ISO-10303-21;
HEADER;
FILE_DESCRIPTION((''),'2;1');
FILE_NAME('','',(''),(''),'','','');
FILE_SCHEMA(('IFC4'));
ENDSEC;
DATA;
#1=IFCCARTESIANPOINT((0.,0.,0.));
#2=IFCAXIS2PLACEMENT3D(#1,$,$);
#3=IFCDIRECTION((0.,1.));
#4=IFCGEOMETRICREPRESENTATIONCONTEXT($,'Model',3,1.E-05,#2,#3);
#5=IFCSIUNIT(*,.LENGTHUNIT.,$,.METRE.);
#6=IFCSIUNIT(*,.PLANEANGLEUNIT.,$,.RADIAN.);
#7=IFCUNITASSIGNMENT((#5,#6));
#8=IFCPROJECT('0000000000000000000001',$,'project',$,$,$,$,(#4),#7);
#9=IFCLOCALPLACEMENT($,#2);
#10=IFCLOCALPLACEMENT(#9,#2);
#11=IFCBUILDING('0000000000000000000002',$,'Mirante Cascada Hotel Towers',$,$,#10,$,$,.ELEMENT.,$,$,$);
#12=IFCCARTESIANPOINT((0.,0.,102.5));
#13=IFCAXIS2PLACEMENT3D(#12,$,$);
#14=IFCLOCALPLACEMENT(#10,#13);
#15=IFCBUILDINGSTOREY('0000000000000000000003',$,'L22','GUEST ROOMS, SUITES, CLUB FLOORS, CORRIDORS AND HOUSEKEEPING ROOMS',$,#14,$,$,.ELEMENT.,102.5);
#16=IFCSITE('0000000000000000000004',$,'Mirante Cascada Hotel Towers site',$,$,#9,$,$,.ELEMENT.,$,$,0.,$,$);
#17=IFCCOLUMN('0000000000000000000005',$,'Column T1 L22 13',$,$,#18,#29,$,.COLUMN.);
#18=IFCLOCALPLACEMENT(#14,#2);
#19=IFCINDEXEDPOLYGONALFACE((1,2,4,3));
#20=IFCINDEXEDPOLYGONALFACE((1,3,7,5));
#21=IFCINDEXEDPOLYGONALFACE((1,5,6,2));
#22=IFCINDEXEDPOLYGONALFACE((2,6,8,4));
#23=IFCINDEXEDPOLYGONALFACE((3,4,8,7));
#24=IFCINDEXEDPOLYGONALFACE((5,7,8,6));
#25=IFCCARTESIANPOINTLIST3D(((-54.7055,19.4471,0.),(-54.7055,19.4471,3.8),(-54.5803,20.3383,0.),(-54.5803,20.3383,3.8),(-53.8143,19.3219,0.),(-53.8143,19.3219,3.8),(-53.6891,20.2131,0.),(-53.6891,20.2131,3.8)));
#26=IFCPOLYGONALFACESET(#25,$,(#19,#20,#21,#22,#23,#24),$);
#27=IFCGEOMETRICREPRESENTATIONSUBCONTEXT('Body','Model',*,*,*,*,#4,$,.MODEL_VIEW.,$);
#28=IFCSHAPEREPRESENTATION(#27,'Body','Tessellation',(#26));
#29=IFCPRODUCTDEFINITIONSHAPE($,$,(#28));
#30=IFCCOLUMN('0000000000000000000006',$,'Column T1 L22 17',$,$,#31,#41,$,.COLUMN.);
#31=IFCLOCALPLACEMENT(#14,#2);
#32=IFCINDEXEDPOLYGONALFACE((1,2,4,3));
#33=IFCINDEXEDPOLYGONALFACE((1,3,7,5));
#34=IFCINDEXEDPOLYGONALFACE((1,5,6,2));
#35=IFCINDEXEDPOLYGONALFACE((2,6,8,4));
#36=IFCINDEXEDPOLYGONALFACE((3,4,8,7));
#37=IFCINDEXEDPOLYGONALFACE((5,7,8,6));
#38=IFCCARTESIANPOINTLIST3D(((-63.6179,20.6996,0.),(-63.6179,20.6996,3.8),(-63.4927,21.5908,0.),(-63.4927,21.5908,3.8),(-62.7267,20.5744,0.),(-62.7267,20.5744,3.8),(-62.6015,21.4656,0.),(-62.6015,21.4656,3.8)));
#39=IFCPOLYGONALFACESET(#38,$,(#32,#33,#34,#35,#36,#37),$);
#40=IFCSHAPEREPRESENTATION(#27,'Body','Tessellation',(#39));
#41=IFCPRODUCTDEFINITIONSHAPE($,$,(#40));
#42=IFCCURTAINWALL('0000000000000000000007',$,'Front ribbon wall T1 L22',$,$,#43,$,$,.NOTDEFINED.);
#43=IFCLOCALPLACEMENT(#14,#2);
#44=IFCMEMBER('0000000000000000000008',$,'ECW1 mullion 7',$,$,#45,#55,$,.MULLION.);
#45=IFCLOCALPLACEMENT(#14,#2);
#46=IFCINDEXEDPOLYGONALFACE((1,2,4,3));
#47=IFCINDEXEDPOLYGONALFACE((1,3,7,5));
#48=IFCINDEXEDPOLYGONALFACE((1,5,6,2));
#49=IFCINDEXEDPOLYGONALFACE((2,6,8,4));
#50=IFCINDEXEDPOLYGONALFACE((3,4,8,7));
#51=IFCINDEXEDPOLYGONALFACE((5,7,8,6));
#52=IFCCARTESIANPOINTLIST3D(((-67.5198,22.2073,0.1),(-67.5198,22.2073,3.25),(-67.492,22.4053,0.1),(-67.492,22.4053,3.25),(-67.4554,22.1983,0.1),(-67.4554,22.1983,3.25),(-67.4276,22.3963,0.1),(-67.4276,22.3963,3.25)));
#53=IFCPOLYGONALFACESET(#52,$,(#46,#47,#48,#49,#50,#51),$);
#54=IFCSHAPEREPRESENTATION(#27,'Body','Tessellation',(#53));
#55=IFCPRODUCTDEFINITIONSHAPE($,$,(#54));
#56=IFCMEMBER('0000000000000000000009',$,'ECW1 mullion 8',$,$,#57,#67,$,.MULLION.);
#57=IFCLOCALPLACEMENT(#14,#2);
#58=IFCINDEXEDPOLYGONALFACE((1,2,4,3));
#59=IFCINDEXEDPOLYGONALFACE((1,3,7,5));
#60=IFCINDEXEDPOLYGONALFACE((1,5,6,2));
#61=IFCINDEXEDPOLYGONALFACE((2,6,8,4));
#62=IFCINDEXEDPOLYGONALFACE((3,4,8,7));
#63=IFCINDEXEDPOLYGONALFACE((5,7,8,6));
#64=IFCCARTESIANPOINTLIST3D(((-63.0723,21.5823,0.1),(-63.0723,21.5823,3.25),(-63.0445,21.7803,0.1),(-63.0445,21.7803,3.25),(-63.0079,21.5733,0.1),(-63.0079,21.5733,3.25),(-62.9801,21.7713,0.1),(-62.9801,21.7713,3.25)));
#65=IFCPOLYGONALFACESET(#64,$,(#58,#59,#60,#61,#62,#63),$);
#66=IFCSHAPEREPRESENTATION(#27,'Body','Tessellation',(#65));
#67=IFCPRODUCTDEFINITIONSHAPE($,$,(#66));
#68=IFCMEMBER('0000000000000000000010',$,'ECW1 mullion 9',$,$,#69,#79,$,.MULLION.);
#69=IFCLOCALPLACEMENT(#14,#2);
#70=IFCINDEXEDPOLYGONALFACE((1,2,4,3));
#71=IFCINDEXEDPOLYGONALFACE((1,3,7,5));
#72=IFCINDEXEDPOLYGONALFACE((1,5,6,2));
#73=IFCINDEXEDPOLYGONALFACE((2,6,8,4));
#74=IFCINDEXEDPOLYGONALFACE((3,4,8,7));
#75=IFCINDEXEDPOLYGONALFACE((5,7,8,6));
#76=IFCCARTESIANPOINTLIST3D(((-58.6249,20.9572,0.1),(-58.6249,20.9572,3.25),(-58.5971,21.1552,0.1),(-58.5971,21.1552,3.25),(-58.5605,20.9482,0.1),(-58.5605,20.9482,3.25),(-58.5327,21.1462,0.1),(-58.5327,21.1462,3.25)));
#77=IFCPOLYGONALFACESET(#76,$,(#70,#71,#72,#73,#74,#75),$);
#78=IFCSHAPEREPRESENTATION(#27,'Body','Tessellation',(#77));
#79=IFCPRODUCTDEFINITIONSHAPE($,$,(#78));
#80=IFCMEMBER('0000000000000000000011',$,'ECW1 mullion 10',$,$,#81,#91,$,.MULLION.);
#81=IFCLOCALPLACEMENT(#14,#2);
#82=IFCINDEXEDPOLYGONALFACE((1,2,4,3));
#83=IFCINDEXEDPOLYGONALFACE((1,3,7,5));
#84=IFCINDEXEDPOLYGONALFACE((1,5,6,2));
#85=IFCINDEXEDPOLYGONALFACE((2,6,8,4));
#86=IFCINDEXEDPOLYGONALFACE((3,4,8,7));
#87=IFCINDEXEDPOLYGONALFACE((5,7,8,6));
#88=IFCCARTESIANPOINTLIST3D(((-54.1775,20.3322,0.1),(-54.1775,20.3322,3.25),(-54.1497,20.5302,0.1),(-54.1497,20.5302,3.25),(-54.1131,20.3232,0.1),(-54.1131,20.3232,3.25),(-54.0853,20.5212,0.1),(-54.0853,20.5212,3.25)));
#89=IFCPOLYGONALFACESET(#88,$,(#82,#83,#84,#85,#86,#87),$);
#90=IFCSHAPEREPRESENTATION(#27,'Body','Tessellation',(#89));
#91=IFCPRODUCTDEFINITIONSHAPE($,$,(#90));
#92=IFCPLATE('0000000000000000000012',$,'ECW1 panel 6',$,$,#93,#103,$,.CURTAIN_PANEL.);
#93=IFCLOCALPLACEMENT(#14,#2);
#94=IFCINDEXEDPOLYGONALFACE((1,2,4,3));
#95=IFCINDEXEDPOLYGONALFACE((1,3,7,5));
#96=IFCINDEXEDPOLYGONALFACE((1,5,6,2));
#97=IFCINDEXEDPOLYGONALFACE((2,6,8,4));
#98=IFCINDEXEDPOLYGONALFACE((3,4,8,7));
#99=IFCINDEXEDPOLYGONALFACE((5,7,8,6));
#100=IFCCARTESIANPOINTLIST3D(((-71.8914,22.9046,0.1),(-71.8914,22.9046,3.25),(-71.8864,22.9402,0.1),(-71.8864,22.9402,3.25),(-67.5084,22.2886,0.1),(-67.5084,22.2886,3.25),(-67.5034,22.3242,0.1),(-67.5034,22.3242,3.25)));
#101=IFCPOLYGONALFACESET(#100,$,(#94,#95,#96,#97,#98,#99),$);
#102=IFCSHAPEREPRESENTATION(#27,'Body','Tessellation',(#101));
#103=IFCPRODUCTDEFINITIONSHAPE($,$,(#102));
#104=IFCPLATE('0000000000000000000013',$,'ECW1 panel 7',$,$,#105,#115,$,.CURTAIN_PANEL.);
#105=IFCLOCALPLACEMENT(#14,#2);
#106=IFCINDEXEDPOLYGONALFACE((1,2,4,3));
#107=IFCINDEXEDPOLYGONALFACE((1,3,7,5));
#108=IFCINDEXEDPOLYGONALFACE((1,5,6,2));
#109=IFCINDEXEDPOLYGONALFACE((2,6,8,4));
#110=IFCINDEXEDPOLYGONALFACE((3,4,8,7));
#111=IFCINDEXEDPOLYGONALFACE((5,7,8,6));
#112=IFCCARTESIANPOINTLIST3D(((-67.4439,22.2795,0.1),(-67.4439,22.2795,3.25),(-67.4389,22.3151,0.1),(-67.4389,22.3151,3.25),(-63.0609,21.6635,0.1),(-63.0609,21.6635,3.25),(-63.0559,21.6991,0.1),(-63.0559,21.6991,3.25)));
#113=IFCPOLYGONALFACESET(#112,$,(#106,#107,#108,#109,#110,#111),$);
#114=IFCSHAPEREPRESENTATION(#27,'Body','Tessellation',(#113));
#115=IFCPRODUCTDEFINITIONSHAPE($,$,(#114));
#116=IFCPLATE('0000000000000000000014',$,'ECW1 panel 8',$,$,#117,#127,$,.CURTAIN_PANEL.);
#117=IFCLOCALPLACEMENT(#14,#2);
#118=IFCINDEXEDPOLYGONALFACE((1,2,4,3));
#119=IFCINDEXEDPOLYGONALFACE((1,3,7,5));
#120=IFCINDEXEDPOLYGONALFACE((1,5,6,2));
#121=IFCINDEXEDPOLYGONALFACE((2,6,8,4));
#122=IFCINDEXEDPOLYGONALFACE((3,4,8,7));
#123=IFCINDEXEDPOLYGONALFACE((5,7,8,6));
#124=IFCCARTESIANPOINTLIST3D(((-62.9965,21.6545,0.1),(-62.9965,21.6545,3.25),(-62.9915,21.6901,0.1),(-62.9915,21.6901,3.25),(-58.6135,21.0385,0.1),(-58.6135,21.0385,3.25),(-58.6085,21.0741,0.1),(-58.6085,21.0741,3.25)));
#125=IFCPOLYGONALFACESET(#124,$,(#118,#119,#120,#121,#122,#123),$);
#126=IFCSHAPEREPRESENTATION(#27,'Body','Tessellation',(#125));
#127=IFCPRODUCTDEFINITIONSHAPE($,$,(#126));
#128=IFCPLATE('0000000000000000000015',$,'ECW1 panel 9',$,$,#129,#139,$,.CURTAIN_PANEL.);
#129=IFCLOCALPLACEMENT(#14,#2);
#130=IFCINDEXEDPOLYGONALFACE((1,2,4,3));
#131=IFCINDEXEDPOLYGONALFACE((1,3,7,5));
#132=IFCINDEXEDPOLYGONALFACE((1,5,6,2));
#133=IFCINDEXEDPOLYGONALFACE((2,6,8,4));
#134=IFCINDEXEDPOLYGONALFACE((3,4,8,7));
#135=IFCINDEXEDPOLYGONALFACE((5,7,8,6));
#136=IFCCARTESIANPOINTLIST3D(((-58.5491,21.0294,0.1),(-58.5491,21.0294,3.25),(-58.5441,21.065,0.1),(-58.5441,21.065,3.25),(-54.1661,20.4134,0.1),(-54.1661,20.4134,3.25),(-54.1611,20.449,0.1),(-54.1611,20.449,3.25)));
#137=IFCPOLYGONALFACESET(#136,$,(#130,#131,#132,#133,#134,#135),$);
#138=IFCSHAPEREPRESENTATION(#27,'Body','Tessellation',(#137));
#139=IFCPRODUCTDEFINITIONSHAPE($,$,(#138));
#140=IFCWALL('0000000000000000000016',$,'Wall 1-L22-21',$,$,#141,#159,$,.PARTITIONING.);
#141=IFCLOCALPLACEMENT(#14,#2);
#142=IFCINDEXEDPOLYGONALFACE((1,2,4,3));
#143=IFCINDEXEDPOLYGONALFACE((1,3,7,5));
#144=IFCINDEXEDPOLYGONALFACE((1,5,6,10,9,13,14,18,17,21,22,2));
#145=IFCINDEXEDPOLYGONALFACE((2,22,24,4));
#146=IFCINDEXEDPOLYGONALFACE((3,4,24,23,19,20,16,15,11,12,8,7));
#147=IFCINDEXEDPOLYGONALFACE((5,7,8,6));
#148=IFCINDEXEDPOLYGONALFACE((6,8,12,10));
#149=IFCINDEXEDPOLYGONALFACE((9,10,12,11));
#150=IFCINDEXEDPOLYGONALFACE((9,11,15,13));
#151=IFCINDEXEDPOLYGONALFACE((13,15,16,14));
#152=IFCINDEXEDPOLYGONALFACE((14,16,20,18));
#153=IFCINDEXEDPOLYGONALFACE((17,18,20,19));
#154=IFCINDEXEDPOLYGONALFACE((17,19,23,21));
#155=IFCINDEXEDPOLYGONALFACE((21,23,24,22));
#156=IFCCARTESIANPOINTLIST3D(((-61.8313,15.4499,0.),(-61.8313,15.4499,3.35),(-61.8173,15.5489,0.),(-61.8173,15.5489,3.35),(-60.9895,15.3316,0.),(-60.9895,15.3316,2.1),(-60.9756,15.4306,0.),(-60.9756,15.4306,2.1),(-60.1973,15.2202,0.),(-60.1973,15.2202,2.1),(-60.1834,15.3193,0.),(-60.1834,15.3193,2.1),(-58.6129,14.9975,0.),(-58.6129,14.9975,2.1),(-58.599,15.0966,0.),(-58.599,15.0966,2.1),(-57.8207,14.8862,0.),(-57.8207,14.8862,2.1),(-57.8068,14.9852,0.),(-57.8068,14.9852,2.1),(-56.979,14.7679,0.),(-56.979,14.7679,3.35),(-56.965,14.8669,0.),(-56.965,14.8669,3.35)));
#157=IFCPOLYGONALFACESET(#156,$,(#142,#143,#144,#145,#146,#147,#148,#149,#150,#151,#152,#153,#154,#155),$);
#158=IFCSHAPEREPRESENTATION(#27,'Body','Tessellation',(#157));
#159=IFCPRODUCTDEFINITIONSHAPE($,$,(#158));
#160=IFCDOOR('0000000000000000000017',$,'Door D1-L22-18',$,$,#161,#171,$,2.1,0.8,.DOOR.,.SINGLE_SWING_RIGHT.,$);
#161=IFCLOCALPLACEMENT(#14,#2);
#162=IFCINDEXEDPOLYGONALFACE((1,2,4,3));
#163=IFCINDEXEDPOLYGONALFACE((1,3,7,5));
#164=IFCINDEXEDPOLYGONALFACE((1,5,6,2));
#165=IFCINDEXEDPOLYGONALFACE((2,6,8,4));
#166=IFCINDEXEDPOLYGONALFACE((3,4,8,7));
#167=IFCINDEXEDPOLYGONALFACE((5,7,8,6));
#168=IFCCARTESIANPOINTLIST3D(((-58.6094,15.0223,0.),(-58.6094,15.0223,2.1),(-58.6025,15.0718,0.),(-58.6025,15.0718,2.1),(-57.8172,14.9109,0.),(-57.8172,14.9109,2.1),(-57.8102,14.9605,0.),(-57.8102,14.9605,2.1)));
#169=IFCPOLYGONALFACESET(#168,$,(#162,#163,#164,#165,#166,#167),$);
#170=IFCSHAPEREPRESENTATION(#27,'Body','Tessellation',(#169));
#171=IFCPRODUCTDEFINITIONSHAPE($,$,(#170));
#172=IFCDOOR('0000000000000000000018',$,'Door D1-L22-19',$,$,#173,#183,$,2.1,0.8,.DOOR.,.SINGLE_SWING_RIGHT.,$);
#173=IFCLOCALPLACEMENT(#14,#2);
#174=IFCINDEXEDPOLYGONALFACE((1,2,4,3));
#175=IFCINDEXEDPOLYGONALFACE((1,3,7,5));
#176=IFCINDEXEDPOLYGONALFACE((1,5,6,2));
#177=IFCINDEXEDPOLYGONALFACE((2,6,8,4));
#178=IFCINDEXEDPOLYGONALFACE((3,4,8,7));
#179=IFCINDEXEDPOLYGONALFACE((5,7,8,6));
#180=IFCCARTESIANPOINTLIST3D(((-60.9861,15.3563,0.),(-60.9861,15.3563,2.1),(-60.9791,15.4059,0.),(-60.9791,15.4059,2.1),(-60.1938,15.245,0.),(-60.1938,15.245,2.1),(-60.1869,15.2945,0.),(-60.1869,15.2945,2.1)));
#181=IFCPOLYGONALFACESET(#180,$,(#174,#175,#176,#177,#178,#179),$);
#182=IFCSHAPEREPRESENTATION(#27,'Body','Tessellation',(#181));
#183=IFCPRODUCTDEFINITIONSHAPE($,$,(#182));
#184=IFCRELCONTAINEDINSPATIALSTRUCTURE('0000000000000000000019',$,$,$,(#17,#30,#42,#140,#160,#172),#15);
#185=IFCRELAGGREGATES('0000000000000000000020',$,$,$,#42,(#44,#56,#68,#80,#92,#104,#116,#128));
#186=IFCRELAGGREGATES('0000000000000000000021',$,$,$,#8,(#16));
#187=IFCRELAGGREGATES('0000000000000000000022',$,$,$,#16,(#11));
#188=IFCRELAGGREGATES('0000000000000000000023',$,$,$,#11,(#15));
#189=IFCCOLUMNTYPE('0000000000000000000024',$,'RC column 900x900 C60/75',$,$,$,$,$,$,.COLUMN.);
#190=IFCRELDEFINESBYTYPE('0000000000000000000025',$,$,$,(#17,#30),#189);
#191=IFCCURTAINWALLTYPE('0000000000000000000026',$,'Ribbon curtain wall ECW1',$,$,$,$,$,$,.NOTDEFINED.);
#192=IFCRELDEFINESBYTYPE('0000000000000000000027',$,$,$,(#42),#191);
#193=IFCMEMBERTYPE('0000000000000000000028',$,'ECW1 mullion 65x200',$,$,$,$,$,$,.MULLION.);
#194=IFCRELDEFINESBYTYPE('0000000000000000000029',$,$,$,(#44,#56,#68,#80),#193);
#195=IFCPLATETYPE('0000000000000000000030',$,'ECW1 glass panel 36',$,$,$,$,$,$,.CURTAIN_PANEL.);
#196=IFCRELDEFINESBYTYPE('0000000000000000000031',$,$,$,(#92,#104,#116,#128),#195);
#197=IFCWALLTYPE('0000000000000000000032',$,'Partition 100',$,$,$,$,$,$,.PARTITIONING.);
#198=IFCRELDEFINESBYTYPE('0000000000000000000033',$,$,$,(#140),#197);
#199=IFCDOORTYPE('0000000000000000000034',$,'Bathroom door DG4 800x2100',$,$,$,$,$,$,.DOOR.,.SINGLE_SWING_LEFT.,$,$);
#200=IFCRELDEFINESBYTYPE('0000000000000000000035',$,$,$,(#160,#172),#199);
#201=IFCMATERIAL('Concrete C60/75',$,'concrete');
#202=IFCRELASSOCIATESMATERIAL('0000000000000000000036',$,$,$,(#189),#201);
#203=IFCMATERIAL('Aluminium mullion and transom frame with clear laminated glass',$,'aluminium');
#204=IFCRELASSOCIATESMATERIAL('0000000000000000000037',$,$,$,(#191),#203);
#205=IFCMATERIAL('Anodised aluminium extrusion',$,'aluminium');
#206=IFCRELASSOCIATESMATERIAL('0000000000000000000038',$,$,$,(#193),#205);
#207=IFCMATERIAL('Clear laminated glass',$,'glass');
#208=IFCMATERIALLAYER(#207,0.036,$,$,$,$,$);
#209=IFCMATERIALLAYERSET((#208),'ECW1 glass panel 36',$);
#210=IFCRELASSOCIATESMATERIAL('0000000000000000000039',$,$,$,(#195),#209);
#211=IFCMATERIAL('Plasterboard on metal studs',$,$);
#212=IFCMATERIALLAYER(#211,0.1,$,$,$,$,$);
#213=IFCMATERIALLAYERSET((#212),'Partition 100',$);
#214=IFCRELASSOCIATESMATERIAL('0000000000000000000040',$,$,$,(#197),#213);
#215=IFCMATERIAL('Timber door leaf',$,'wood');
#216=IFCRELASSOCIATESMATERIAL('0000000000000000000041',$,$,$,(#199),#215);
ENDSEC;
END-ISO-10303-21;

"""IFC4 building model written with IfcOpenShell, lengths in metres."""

from ifc_helpers import new_model, si_unit, direction, frame, frame_2d, origin, origin_2d, place, context, subcontext, project, spatial, rectangle, extrude, material, layer, layer_set, material_profile, profile_set, type_object, element, fill, aggregate, save


model = new_model("IFC4")

# Units and contexts
model_context = context("Model", 3, precision=1e-05, world=origin(), true_north=direction((0.0, 1.0)))
body_context = subcontext(model_context, "Body", "Model", "MODEL_VIEW")
ifc_project = project(units=[si_unit("LENGTHUNIT", "METRE"), si_unit("PLANEANGLEUNIT", "RADIAN")], contexts=[model_context])

# Site, building, storey
site_placement = place(None, origin())
site = spatial("IfcSite", under=ifc_project, at=site_placement, Name="Mirante Cascada Hotel Towers site", CompositionType="ELEMENT", RefElevation=0.0)
building_placement = place(site_placement, origin())
building = spatial("IfcBuilding", under=site, at=building_placement, Name="Mirante Cascada Hotel Towers", CompositionType="ELEMENT")
storey_placement = place(building_placement, frame((0.0, 0.0, 102.5)))
storey = spatial("IfcBuildingStorey", under=building, at=storey_placement, Name="L22", Description="GUEST ROOMS, SUITES, CLUB FLOORS, CORRIDORS AND HOUSEKEEPING ROOMS", CompositionType="ELEMENT", Elevation=102.5)

# Columns
ifc_material_1 = material(Name="Concrete C60/75", Category="concrete")
ifc_material_profile_1 = material_profile(ifc_material_1, rectangle(XDim=0.9, YDim=0.9, at=origin_2d()), Name="RC column 900x900 C60/75")
ifc_profile_set_1 = profile_set([ifc_material_profile_1], Name="Concrete C60/75")
column_type = type_object("IfcColumnType", Name="RC column 900x900 C60/75", PredefinedType="COLUMN", material=ifc_profile_set_1)
for number, where, z_axis, x_axis, name in (
    (1, (-54.1973, 19.8301, 0.0), (0.0, 0.0, 1.0), (-0.990268, 0.139173, 0.0), "Column T1 L22 13"),
    (2, (-63.1097, 21.0826, 0.0), (0.0, 0.0, 1.0), (-0.990268, 0.139173, 0.0), "Column T1 L22 17"),
):
    element("IfcColumn", number, at=place(storey_placement, frame(where, z_axis=z_axis, x_axis=x_axis)), inside=storey, type_object=column_type, Name=name, PredefinedType="COLUMN", context=body_context, shape_type="SweptSolid", body=[
        extrude(rectangle(XDim=0.9, YDim=0.9, at=origin_2d()), origin(), (0.0, 0.0, 1.0), 3.8),
    ])

# Curtain wall, members, plates
ifc_material_2 = material(Name="Aluminium mullion and transom frame with clear laminated glass", Category="aluminium")
curtain_wall_type = type_object("IfcCurtainWallType", Name="Ribbon curtain wall ECW1", PredefinedType="NOTDEFINED", material=ifc_material_2)
curtain_wall_placement = place(storey_placement, origin())
curtain_wall = element("IfcCurtainWall", 3, at=curtain_wall_placement, inside=storey, type_object=curtain_wall_type, Name="Front ribbon wall T1 L22", PredefinedType="NOTDEFINED")
ifc_material_3 = material(Name="Anodised aluminium extrusion", Category="aluminium")
ifc_material_profile_2 = material_profile(ifc_material_3, rectangle(XDim=0.2, YDim=0.065, at=origin_2d()), Name="ECW1 MULLION 65x200")
ifc_profile_set_2 = profile_set([ifc_material_profile_2], Name="Anodised aluminium extrusion")
member_type = type_object("IfcMemberType", Name="ECW1 mullion 65x200", PredefinedType="MULLION", material=ifc_profile_set_2)
member_1_placement = place(storey_placement, frame((-67.4737, 22.3018, 0.1), z_axis=(0.0, 0.0, 1.0), x_axis=(0.139173, 0.990268, 0.0)))
member_1 = element("IfcMember", 4, at=member_1_placement, type_object=member_type, Name="ECW1 mullion 7", PredefinedType="MULLION", context=body_context, shape_type="SweptSolid", body=[
    extrude(rectangle(XDim=0.2, YDim=0.065, at=origin_2d()), origin(), (0.0, 0.0, 1.0), 3.15),
])
member_2_placement = place(storey_placement, frame((-63.0262, 21.6768, 0.1), z_axis=(0.0, 0.0, 1.0), x_axis=(0.139173, 0.990268, 0.0)))
member_2 = element("IfcMember", 5, at=member_2_placement, type_object=member_type, Name="ECW1 mullion 8", PredefinedType="MULLION", context=body_context, shape_type="SweptSolid", body=[
    extrude(rectangle(XDim=0.2, YDim=0.065, at=origin_2d()), origin(), (0.0, 0.0, 1.0), 3.15),
])
member_3_placement = place(storey_placement, frame((-58.5788, 21.0517, 0.1), z_axis=(0.0, 0.0, 1.0), x_axis=(0.139173, 0.990268, 0.0)))
member_3 = element("IfcMember", 6, at=member_3_placement, type_object=member_type, Name="ECW1 mullion 9", PredefinedType="MULLION", context=body_context, shape_type="SweptSolid", body=[
    extrude(rectangle(XDim=0.2, YDim=0.065, at=origin_2d()), origin(), (0.0, 0.0, 1.0), 3.15),
])
member_4_placement = place(storey_placement, frame((-54.1314, 20.4267, 0.1), z_axis=(0.0, 0.0, 1.0), x_axis=(0.139173, 0.990268, 0.0)))
member_4 = element("IfcMember", 7, at=member_4_placement, type_object=member_type, Name="ECW1 mullion 10", PredefinedType="MULLION", context=body_context, shape_type="SweptSolid", body=[
    extrude(rectangle(XDim=0.2, YDim=0.065, at=origin_2d()), origin(), (0.0, 0.0, 1.0), 3.15),
])
ifc_material_4 = material(Name="Clear laminated glass", Category="glass")
ifc_layer_1 = layer(ifc_material_4, 0.036)
ifc_layer_set_1 = layer_set([ifc_layer_1], Name="ECW1 glass panel 36")
plate_type = type_object("IfcPlateType", Name="ECW1 glass panel 36", PredefinedType="CURTAIN_PANEL", material=ifc_layer_set_1)
plate_1_placement = place(storey_placement, frame((-69.6974, 22.6144, 0.1), z_axis=(0.0, 0.0, 1.0), x_axis=(0.990268, -0.139173, 0.0)))
plate_1 = element("IfcPlate", 8, at=plate_1_placement, type_object=plate_type, Name="ECW1 panel 6", PredefinedType="CURTAIN_PANEL", context=body_context, shape_type="SweptSolid", body=[
    extrude(rectangle(XDim=4.4261, YDim=0.036, at=origin_2d()), origin(), (0.0, 0.0, 1.0), 3.15),
])
plate_2_placement = place(storey_placement, frame((-65.2499, 21.9893, 0.1), z_axis=(0.0, 0.0, 1.0), x_axis=(0.990268, -0.139173, 0.0)))
plate_2 = element("IfcPlate", 9, at=plate_2_placement, type_object=plate_type, Name="ECW1 panel 7", PredefinedType="CURTAIN_PANEL", context=body_context, shape_type="SweptSolid", body=[
    extrude(rectangle(XDim=4.4261, YDim=0.036, at=origin_2d()), origin(), (0.0, 0.0, 1.0), 3.15),
])
plate_3_placement = place(storey_placement, frame((-60.8025, 21.3643, 0.1), z_axis=(0.0, 0.0, 1.0), x_axis=(0.990268, -0.139173, 0.0)))
plate_3 = element("IfcPlate", 10, at=plate_3_placement, type_object=plate_type, Name="ECW1 panel 8", PredefinedType="CURTAIN_PANEL", context=body_context, shape_type="SweptSolid", body=[
    extrude(rectangle(XDim=4.4261, YDim=0.036, at=origin_2d()), origin(), (0.0, 0.0, 1.0), 3.15),
])
plate_4_placement = place(storey_placement, frame((-56.3551, 20.7392, 0.1), z_axis=(0.0, 0.0, 1.0), x_axis=(0.990268, -0.139173, 0.0)))
plate_4 = element("IfcPlate", 11, at=plate_4_placement, type_object=plate_type, Name="ECW1 panel 9", PredefinedType="CURTAIN_PANEL", context=body_context, shape_type="SweptSolid", body=[
    extrude(rectangle(XDim=4.4261, YDim=0.036, at=origin_2d()), origin(), (0.0, 0.0, 1.0), 3.15),
])
aggregate(curtain_wall, [member_1, member_2, member_3, member_4, plate_1, plate_2, plate_3, plate_4])

# Wall, openings, doors
ifc_material_5 = material(Name="Plasterboard on metal studs")
ifc_layer_2 = layer(ifc_material_5, 0.1)
ifc_layer_set_2 = layer_set([ifc_layer_2], Name="Partition 100")
wall_type = type_object("IfcWallType", Name="Partition 100", PredefinedType="PARTITIONING", material=ifc_layer_set_2)
wall_1_placement = place(storey_placement, frame((-56.972, 14.8174, 0.0), z_axis=(0.0, 0.0, 1.0), x_axis=(-0.990267, 0.139184, 0.0)))
wall_1 = element("IfcWall", 12, at=wall_1_placement, inside=storey, type_object=wall_type, Name="Wall 1-L22-21", PredefinedType="PARTITIONING", context=body_context, shape_type="SweptSolid", body=[
    extrude(rectangle(XDim=4.9, YDim=0.1, at=frame_2d((2.45, 0.0))), origin(), (0.0, 0.0, 1.0), 3.35),
])
opening_1_placement = place(wall_1_placement, frame((0.85, 0.0, 0.0)))
opening_1 = element("IfcOpeningElement", 13, at=opening_1_placement, cuts=wall_1, PredefinedType="OPENING", context=body_context, shape_type="SweptSolid", body=[
    extrude(rectangle(XDim=0.8, YDim=2.1, at=frame_2d((0.4, 1.05))), frame((0.0, 0.05, 0.0), z_axis=(0.0, -1.0, 0.0), x_axis=(1.0, 0.0, 0.0)), (0.0, 0.0, 1.0), 0.1),
])
opening_2_placement = place(wall_1_placement, frame((3.25, 0.0, 0.0)))
opening_2 = element("IfcOpeningElement", 14, at=opening_2_placement, cuts=wall_1, PredefinedType="OPENING", context=body_context, shape_type="SweptSolid", body=[
    extrude(rectangle(XDim=0.8, YDim=2.1, at=frame_2d((0.4, 1.05))), frame((0.0, 0.05, 0.0), z_axis=(0.0, -1.0, 0.0), x_axis=(1.0, 0.0, 0.0)), (0.0, 0.0, 1.0), 0.1),
])
ifc_material_6 = material(Name="Timber door leaf", Category="wood")
door_type_1 = type_object("IfcDoorType", Name="Bathroom door DG4 800x2100", OperationType="SINGLE_SWING_LEFT", PredefinedType="DOOR", material=ifc_material_6)
door_1_placement = place(opening_1_placement, frame((0.8, 0.0, 0.0), z_axis=(0.0, 0.0, 1.0), x_axis=(-1.0, 0.0, 0.0)))
door_1 = element("IfcDoor", 15, at=door_1_placement, inside=storey, type_object=door_type_1, Name="Door D1-L22-18", OperationType="SINGLE_SWING_RIGHT", OverallHeight=2.1, OverallWidth=0.8, PredefinedType="DOOR", context=body_context, shape_type="SweptSolid", body=[
    extrude(rectangle(XDim=0.8, YDim=2.1, at=frame_2d((0.4, 1.05))), frame((0.0, 0.025, 0.0), z_axis=(0.0, -1.0, 0.0), x_axis=(1.0, 0.0, 0.0)), (0.0, 0.0, 1.0), 0.05),
])
fill(opening_1, door_1)
door_2_placement = place(opening_2_placement, frame((0.8, 0.0, 0.0), z_axis=(0.0, 0.0, 1.0), x_axis=(-1.0, 0.0, 0.0)))
door_2 = element("IfcDoor", 16, at=door_2_placement, inside=storey, type_object=door_type_1, Name="Door D1-L22-19", OperationType="SINGLE_SWING_RIGHT", OverallHeight=2.1, OverallWidth=0.8, PredefinedType="DOOR", context=body_context, shape_type="SweptSolid", body=[
    extrude(rectangle(XDim=0.8, YDim=2.1, at=frame_2d((0.4, 1.05))), frame((0.0, 0.025, 0.0), z_axis=(0.0, -1.0, 0.0), x_axis=(1.0, 0.0, 0.0)), (0.0, 0.0, 1.0), 0.05),
])
fill(opening_2, door_2)

save(model, "model.ifc")
